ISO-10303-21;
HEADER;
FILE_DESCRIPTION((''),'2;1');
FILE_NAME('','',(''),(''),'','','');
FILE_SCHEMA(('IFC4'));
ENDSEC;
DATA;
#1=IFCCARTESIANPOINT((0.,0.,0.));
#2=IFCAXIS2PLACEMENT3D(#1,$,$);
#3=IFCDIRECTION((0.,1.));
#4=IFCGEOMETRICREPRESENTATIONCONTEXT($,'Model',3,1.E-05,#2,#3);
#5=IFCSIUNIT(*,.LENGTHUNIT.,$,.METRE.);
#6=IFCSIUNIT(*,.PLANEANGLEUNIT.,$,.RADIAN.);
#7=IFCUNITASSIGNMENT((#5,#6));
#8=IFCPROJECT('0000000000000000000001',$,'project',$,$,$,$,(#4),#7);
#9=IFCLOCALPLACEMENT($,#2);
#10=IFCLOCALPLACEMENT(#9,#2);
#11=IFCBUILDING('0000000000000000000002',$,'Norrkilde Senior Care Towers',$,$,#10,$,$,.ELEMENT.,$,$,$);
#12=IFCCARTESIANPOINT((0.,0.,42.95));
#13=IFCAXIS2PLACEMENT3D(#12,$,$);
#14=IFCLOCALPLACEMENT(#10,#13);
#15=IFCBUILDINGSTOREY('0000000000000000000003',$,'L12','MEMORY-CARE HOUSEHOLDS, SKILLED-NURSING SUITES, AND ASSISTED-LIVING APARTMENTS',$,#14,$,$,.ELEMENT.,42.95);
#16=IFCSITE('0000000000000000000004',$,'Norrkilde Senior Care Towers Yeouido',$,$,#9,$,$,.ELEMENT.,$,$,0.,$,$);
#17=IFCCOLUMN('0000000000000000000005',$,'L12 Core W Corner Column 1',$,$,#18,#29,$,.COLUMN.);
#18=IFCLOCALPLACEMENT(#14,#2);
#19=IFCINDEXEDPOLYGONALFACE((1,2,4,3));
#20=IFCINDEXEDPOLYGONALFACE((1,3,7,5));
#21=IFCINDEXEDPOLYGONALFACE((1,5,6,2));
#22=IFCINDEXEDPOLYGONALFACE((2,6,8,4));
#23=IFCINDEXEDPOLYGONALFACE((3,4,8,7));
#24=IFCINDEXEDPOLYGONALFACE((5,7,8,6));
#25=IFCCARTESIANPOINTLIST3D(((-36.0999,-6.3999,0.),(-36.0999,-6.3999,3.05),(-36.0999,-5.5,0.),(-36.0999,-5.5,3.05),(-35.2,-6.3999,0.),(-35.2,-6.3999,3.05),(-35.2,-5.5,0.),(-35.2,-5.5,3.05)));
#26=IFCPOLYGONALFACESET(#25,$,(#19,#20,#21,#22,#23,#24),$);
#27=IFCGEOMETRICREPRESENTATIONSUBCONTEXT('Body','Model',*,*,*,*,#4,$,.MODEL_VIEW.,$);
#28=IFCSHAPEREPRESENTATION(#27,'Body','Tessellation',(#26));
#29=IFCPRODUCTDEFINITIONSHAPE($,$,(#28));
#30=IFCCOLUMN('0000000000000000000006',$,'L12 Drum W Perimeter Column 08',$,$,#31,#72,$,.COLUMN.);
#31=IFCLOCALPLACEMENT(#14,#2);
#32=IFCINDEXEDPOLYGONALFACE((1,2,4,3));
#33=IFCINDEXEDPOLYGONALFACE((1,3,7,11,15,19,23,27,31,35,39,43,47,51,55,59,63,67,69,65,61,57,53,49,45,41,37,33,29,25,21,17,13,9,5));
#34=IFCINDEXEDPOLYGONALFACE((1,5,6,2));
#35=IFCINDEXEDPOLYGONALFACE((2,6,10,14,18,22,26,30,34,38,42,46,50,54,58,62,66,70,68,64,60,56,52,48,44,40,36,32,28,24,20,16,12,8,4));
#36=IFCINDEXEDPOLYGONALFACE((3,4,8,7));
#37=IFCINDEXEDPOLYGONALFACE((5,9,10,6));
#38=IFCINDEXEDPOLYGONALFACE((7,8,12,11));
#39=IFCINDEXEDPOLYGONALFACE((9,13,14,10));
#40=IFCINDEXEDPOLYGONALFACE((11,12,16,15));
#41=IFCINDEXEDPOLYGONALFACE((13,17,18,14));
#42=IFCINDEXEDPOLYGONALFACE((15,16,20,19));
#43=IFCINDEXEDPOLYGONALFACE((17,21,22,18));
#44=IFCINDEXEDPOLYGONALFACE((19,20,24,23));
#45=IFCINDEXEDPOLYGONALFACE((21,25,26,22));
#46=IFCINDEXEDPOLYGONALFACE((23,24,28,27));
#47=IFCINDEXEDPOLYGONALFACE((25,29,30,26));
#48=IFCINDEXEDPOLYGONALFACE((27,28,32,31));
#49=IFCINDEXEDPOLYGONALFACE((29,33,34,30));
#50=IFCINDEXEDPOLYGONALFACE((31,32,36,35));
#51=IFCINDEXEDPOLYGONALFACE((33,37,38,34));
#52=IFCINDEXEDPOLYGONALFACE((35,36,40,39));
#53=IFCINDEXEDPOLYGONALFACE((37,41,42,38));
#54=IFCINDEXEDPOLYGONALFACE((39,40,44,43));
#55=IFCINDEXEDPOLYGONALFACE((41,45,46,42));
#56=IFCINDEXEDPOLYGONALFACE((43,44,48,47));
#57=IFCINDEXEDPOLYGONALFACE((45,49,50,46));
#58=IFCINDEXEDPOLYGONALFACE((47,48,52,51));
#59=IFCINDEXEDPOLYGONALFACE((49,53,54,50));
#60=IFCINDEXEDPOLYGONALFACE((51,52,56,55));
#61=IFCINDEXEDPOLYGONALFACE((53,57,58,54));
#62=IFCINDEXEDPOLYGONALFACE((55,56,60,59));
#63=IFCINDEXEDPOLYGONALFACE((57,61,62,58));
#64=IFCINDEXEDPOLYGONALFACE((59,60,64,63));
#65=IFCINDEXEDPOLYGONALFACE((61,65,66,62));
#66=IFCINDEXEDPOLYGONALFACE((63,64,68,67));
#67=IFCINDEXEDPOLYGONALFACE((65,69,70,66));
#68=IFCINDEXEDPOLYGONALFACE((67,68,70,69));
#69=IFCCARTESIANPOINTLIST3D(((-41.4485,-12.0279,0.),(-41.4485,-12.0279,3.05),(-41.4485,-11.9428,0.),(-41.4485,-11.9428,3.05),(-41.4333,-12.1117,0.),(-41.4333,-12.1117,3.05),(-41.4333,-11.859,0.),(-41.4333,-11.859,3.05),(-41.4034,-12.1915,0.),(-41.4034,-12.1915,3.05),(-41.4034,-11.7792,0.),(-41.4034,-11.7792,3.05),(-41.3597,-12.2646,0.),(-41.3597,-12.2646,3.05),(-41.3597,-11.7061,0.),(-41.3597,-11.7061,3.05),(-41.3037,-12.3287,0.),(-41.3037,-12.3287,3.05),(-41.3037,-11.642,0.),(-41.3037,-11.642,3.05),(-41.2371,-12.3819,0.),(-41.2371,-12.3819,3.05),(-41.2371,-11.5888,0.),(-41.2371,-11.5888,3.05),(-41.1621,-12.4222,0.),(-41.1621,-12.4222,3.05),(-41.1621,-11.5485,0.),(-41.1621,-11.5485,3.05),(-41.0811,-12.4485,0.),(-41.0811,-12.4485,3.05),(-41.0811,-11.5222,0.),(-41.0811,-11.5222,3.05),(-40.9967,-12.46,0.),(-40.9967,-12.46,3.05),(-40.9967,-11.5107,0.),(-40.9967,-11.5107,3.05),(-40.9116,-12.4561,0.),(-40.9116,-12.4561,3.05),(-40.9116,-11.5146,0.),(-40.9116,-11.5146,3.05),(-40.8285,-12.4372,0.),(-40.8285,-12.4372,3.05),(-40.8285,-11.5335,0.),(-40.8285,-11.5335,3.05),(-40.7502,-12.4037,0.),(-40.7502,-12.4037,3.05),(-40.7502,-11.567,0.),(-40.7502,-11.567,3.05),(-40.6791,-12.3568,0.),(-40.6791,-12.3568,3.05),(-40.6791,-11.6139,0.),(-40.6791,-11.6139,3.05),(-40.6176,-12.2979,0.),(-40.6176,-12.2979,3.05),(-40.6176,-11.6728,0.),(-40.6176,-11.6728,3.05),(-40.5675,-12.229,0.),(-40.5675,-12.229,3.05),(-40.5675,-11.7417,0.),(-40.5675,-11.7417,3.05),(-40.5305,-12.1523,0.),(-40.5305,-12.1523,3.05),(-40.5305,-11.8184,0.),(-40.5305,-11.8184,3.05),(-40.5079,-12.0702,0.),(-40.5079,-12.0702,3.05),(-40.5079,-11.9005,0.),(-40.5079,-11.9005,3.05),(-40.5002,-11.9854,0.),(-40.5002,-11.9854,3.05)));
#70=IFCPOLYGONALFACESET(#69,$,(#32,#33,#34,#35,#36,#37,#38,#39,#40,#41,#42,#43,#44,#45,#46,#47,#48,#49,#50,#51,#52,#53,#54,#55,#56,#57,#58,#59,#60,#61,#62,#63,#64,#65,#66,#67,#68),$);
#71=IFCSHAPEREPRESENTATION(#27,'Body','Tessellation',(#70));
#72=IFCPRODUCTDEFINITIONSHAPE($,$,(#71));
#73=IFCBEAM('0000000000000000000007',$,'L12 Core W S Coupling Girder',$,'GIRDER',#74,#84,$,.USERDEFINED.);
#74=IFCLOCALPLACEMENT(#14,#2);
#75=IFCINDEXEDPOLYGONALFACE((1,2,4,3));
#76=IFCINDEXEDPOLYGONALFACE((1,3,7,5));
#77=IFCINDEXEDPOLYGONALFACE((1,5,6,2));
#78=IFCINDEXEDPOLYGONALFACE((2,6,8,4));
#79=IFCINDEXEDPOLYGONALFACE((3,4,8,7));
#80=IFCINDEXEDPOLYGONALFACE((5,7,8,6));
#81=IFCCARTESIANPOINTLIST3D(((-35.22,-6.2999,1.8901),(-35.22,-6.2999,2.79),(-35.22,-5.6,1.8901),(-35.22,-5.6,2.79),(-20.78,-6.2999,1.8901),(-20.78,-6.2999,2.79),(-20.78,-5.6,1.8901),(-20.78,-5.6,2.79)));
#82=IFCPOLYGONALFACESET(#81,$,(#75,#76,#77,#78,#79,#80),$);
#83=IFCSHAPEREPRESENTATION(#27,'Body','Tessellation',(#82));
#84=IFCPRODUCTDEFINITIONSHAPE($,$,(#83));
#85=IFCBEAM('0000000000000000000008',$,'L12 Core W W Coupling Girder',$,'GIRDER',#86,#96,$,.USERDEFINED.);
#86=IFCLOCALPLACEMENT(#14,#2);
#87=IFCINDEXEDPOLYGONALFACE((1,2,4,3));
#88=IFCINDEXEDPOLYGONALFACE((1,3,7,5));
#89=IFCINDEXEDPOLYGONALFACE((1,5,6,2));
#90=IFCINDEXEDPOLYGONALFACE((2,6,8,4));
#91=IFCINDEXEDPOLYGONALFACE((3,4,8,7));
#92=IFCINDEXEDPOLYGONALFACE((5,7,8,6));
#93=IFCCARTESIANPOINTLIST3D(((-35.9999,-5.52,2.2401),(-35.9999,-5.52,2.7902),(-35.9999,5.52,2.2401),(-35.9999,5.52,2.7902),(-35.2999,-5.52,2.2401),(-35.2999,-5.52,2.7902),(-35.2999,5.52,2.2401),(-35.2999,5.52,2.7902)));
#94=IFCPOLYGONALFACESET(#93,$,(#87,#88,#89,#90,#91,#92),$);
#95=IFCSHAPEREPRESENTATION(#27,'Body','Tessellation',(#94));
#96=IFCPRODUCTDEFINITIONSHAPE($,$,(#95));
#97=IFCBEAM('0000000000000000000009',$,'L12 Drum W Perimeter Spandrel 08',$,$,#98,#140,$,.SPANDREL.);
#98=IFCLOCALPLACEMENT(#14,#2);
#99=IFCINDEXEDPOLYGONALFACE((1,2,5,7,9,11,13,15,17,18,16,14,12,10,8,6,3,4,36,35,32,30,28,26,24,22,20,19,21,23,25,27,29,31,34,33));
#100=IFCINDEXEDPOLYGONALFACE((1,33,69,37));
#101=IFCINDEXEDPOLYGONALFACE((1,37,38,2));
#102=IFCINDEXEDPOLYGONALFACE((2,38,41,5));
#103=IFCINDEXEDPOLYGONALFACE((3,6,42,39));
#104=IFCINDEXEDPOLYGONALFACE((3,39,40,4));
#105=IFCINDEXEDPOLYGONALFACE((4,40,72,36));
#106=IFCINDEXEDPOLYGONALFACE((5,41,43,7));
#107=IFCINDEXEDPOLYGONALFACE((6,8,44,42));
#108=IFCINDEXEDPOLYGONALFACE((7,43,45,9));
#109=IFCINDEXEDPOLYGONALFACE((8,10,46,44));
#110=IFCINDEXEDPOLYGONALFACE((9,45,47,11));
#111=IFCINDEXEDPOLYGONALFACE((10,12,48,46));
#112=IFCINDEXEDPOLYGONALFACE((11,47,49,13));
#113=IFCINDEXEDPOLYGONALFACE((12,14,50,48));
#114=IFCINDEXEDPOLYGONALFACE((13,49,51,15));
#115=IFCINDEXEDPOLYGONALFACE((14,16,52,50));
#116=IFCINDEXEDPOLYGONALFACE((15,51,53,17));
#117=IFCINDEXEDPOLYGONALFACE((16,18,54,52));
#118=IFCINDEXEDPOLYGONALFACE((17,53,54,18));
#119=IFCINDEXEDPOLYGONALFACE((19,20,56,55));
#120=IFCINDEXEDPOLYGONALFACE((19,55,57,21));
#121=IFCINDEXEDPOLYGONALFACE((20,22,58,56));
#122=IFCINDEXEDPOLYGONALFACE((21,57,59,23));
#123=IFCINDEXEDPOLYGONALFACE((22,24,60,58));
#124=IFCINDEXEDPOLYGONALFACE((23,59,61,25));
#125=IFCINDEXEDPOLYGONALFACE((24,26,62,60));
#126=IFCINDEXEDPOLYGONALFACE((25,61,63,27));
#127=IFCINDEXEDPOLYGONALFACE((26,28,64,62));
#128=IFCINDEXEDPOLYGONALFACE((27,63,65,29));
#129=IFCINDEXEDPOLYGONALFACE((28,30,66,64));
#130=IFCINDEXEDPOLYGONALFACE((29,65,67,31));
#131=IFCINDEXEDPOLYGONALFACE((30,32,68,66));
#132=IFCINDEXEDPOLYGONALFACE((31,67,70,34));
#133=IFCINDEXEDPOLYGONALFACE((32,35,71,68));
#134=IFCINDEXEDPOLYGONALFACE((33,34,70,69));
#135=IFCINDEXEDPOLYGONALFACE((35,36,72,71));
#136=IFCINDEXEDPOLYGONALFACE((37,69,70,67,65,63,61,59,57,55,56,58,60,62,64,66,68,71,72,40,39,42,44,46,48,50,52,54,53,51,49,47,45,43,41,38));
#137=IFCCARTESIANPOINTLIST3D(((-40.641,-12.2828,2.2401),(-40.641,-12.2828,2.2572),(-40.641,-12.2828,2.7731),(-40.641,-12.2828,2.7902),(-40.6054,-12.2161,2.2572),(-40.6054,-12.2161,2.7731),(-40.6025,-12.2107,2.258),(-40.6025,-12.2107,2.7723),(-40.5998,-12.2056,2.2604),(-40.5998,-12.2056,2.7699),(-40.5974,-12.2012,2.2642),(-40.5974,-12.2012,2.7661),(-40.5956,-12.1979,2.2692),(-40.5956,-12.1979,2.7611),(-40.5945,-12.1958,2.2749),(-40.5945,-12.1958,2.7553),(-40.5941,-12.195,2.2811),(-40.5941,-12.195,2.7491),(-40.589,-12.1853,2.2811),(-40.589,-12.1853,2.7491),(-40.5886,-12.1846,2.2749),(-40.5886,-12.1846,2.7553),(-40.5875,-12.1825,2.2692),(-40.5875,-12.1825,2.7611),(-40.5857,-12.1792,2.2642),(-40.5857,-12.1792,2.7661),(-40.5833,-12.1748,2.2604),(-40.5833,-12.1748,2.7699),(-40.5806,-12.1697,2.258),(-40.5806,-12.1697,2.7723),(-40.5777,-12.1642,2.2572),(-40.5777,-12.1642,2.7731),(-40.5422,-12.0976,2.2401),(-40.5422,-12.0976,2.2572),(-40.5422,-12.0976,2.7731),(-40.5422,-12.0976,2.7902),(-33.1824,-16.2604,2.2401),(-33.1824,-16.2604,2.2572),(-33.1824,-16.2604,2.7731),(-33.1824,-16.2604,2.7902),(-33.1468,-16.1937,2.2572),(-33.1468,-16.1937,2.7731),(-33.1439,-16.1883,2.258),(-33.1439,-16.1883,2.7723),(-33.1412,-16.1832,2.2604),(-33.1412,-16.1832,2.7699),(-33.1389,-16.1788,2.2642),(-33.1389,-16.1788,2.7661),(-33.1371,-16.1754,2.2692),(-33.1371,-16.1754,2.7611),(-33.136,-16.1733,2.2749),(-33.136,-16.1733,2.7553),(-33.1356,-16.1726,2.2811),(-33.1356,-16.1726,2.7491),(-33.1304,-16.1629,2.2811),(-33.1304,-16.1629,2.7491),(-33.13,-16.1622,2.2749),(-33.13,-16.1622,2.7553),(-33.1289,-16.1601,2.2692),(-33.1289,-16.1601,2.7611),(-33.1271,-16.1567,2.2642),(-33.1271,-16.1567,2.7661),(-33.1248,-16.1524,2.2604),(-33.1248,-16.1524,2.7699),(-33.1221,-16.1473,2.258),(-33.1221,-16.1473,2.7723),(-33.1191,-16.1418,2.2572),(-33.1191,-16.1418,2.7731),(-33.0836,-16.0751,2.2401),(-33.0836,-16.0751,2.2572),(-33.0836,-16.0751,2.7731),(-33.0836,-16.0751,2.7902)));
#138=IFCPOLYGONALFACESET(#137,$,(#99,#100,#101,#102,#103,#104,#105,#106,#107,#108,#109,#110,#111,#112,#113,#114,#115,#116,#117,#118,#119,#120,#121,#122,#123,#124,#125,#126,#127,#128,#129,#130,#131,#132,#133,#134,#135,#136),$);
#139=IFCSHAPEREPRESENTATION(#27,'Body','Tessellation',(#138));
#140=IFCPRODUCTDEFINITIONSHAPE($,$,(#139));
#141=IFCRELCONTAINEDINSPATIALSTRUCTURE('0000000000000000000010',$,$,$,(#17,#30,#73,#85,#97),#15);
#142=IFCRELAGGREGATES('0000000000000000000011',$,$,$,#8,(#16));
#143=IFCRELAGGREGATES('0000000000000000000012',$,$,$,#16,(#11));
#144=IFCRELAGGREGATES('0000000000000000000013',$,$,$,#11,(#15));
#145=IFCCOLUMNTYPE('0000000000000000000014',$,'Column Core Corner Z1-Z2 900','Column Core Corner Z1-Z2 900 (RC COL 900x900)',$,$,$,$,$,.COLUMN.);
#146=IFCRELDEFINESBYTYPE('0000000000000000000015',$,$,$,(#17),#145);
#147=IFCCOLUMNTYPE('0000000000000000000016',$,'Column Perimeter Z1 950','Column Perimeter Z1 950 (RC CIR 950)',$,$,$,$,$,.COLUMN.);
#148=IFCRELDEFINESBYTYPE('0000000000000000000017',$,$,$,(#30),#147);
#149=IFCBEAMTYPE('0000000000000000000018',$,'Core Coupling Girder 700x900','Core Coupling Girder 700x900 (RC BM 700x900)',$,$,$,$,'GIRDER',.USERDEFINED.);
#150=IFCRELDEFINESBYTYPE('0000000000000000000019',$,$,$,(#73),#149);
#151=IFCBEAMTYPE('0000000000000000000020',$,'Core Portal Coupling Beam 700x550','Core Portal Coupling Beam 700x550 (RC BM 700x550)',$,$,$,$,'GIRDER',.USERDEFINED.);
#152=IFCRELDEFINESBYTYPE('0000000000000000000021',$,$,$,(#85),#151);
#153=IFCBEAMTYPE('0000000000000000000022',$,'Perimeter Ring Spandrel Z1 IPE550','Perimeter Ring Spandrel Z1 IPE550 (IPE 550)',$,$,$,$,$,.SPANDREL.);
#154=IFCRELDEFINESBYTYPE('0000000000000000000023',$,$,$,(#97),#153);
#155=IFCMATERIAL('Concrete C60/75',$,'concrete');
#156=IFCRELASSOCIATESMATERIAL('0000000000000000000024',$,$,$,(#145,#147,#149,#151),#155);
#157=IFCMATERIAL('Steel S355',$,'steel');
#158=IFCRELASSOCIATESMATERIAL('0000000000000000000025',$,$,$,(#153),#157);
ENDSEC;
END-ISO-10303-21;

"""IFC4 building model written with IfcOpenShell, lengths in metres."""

from ifc_helpers import new_model, si_unit, direction, frame, origin, origin_2d, place, context, subcontext, project, spatial, rectangle, circle, i_section, extrude, source, transform, mapped, material, material_profile, profile_set, type_object, type_shapes, element, save


model = new_model("IFC4")

# Units and contexts
model_context = context("Model", 3, precision=1e-05, world=origin(), true_north=direction((0.0, 1.0)))
body_context = subcontext(model_context, "Body", "Model", "MODEL_VIEW")
ifc_project = project(units=[si_unit("LENGTHUNIT", "METRE"), si_unit("PLANEANGLEUNIT", "RADIAN")], contexts=[model_context])

# Site, building, storey
site_placement = place(None, origin())
site = spatial("IfcSite", under=ifc_project, at=site_placement, Name="Norrkilde Senior Care Towers Yeouido", CompositionType="ELEMENT", RefElevation=0.0)
building_placement = place(site_placement, origin())
building = spatial("IfcBuilding", under=site, at=building_placement, Name="Norrkilde Senior Care Towers", CompositionType="ELEMENT")
storey_placement = place(building_placement, frame((0.0, 0.0, 42.95)))
storey = spatial("IfcBuildingStorey", under=building, at=storey_placement, Name="L12", Description="MEMORY-CARE HOUSEHOLDS, SKILLED-NURSING SUITES, AND ASSISTED-LIVING APARTMENTS", CompositionType="ELEMENT", Elevation=42.95)

# Columns
ifc_material_1 = material(Name="Concrete C60/75", Category="concrete")
ifc_material_profile_1 = material_profile(ifc_material_1, rectangle(XDim=0.8999, YDim=0.8999, at=origin_2d()), Name="RC COL 900x900")
ifc_profile_set_1 = profile_set([ifc_material_profile_1], Name="Concrete C60/75")
column_type_1 = type_object("IfcColumnType", Name="Column Core Corner Z1-Z2 900", Description="Column Core Corner Z1-Z2 900 (RC COL 900x900)", PredefinedType="COLUMN", material=ifc_profile_set_1)
shared_shape_1 = source(origin(), body_context, "Body", "SweptSolid", [
    extrude(rectangle(XDim=0.8999, YDim=0.8999, at=origin_2d()), origin(), (0.0, 0.0, 1.0), 3.05),
])
type_shapes(column_type_1, [shared_shape_1])
column_1_placement = place(storey_placement, frame((-35.6499, -5.95, 0.0), z_axis=(0.0, 0.0, 1.0), x_axis=(1.0, 0.0, 0.0)))
element("IfcColumn", 1, at=column_1_placement, inside=storey, type_object=column_type_1, Name="L12 Core W Corner Column 1", PredefinedType="COLUMN", context=body_context, shape_type="MappedRepresentation", body=[
    mapped(shared_shape_1, transform((0.0, 0.0, 0.0), x_axis=(1.0, 0.0, 0.0), y_axis=(0.0, 1.0, 0.0), z_axis=(0.0, 0.0, 1.0), scale=1.0)),
])
ifc_material_profile_2 = material_profile(ifc_material_1, circle(Radius=0.4751, at=origin_2d()), Name="RC CIR 950")
ifc_profile_set_2 = profile_set([ifc_material_profile_2], Name="Concrete C60/75")
column_type_2 = type_object("IfcColumnType", Name="Column Perimeter Z1 950", Description="Column Perimeter Z1 950 (RC CIR 950)", PredefinedType="COLUMN", material=ifc_profile_set_2)
shared_shape_2 = source(origin(), body_context, "Body", "SweptSolid", [
    extrude(circle(Radius=0.4751, at=origin_2d()), origin(), (0.0, 0.0, 1.0), 3.05),
])
type_shapes(column_type_2, [shared_shape_2])
column_2_placement = place(storey_placement, frame((-40.9753, -11.9854, 0.0), z_axis=(0.0, 0.0, 1.0), x_axis=(1.0, 0.0, 0.0)))
element("IfcColumn", 2, at=column_2_placement, inside=storey, type_object=column_type_2, Name="L12 Drum W Perimeter Column 08", PredefinedType="COLUMN", context=body_context, shape_type="MappedRepresentation", body=[
    mapped(shared_shape_2, transform((0.0, 0.0, 0.0), x_axis=(1.0, 0.0, 0.0), y_axis=(0.0, 1.0, 0.0), z_axis=(0.0, 0.0, 1.0), scale=1.0)),
])

# Beams
ifc_material_profile_3 = material_profile(ifc_material_1, rectangle(XDim=0.7, YDim=0.8999, at=origin_2d()), Name="RC BM 700x900")
ifc_profile_set_3 = profile_set([ifc_material_profile_3], Name="Concrete C60/75")
beam_type_1 = type_object("IfcBeamType", Name="Core Coupling Girder 700x900", Description="Core Coupling Girder 700x900 (RC BM 700x900)", ElementType="GIRDER", PredefinedType="USERDEFINED", material=ifc_profile_set_3)
shared_shape_3 = source(origin(), body_context, "Body", "SweptSolid", [
    extrude(rectangle(XDim=0.7, YDim=0.8999, at=origin_2d()), origin(), (0.0, 0.0, 1.0), 14.4399),
])
type_shapes(beam_type_1, [shared_shape_3])
beam_1_placement = place(storey_placement, frame((-35.22, -5.95, 2.3401), z_axis=(1.0, 0.0, 0.0), x_axis=(0.0, 1.0, 0.0)))
element("IfcBeam", 3, at=beam_1_placement, inside=storey, type_object=beam_type_1, Name="L12 Core W S Coupling Girder", ObjectType="GIRDER", PredefinedType="USERDEFINED", context=body_context, shape_type="MappedRepresentation", body=[
    mapped(shared_shape_3, transform((0.0, 0.0, 0.0), x_axis=(1.0, 0.0, 0.0), y_axis=(0.0, 1.0, 0.0), z_axis=(0.0, 0.0, 1.0), scale=1.0)),
])
ifc_material_profile_4 = material_profile(ifc_material_1, rectangle(XDim=0.7, YDim=0.55, at=origin_2d()), Name="RC BM 700x550")
ifc_profile_set_4 = profile_set([ifc_material_profile_4], Name="Concrete C60/75")
beam_type_2 = type_object("IfcBeamType", Name="Core Portal Coupling Beam 700x550", Description="Core Portal Coupling Beam 700x550 (RC BM 700x550)", ElementType="GIRDER", PredefinedType="USERDEFINED", material=ifc_profile_set_4)
shared_shape_4 = source(origin(), body_context, "Body", "SweptSolid", [
    extrude(rectangle(XDim=0.7, YDim=0.55, at=origin_2d()), origin(), (0.0, 0.0, 1.0), 11.04),
])
type_shapes(beam_type_2, [shared_shape_4])
beam_2_placement = place(storey_placement, frame((-35.6499, -5.52, 2.5151), z_axis=(0.0, 1.0, 0.0), x_axis=(-1.0, 0.0, 0.0)))
element("IfcBeam", 4, at=beam_2_placement, inside=storey, type_object=beam_type_2, Name="L12 Core W W Coupling Girder", ObjectType="GIRDER", PredefinedType="USERDEFINED", context=body_context, shape_type="MappedRepresentation", body=[
    mapped(shared_shape_4, transform((0.0, 0.0, 0.0), x_axis=(1.0, 0.0, 0.0), y_axis=(0.0, 1.0, 0.0), z_axis=(0.0, 0.0, 1.0), scale=1.0)),
])
ifc_material_2 = material(Name="Steel S355", Category="steel")
ifc_material_profile_5 = material_profile(ifc_material_2, i_section(OverallWidth=0.21, OverallDepth=0.55, WebThickness=0.011, FlangeThickness=0.0171, FilletRadius=0.0239, at=origin_2d()), Name="IPE 550")
ifc_profile_set_5 = profile_set([ifc_material_profile_5], Name="Steel S355")
beam_type_3 = type_object("IfcBeamType", Name="Perimeter Ring Spandrel Z1 IPE550", Description="Perimeter Ring Spandrel Z1 IPE550 (IPE 550)", PredefinedType="SPANDREL", material=ifc_profile_set_5)
shared_shape_5 = source(origin(), body_context, "Body", "SweptSolid", [
    extrude(i_section(OverallWidth=0.21, OverallDepth=0.55, WebThickness=0.011, FlangeThickness=0.0171, FilletRadius=0.0239, at=origin_2d()), origin(), (0.0, 0.0, 1.0), 8.4529),
])
type_shapes(beam_type_3, [shared_shape_5])
beam_3_placement = place(storey_placement, frame((-40.5916, -12.1902, 2.5151), z_axis=(0.882369, -0.470558, 0.0), x_axis=(0.470558, 0.882369, 0.0)))
element("IfcBeam", 5, at=beam_3_placement, inside=storey, type_object=beam_type_3, Name="L12 Drum W Perimeter Spandrel 08", PredefinedType="SPANDREL", context=body_context, shape_type="MappedRepresentation", body=[
    mapped(shared_shape_5, transform((0.0, 0.0, 0.0), x_axis=(1.0, 0.0, 0.0), y_axis=(0.0, 1.0, 0.0), z_axis=(0.0, 0.0, 1.0), scale=1.0)),
])

save(model, "model.ifc")
